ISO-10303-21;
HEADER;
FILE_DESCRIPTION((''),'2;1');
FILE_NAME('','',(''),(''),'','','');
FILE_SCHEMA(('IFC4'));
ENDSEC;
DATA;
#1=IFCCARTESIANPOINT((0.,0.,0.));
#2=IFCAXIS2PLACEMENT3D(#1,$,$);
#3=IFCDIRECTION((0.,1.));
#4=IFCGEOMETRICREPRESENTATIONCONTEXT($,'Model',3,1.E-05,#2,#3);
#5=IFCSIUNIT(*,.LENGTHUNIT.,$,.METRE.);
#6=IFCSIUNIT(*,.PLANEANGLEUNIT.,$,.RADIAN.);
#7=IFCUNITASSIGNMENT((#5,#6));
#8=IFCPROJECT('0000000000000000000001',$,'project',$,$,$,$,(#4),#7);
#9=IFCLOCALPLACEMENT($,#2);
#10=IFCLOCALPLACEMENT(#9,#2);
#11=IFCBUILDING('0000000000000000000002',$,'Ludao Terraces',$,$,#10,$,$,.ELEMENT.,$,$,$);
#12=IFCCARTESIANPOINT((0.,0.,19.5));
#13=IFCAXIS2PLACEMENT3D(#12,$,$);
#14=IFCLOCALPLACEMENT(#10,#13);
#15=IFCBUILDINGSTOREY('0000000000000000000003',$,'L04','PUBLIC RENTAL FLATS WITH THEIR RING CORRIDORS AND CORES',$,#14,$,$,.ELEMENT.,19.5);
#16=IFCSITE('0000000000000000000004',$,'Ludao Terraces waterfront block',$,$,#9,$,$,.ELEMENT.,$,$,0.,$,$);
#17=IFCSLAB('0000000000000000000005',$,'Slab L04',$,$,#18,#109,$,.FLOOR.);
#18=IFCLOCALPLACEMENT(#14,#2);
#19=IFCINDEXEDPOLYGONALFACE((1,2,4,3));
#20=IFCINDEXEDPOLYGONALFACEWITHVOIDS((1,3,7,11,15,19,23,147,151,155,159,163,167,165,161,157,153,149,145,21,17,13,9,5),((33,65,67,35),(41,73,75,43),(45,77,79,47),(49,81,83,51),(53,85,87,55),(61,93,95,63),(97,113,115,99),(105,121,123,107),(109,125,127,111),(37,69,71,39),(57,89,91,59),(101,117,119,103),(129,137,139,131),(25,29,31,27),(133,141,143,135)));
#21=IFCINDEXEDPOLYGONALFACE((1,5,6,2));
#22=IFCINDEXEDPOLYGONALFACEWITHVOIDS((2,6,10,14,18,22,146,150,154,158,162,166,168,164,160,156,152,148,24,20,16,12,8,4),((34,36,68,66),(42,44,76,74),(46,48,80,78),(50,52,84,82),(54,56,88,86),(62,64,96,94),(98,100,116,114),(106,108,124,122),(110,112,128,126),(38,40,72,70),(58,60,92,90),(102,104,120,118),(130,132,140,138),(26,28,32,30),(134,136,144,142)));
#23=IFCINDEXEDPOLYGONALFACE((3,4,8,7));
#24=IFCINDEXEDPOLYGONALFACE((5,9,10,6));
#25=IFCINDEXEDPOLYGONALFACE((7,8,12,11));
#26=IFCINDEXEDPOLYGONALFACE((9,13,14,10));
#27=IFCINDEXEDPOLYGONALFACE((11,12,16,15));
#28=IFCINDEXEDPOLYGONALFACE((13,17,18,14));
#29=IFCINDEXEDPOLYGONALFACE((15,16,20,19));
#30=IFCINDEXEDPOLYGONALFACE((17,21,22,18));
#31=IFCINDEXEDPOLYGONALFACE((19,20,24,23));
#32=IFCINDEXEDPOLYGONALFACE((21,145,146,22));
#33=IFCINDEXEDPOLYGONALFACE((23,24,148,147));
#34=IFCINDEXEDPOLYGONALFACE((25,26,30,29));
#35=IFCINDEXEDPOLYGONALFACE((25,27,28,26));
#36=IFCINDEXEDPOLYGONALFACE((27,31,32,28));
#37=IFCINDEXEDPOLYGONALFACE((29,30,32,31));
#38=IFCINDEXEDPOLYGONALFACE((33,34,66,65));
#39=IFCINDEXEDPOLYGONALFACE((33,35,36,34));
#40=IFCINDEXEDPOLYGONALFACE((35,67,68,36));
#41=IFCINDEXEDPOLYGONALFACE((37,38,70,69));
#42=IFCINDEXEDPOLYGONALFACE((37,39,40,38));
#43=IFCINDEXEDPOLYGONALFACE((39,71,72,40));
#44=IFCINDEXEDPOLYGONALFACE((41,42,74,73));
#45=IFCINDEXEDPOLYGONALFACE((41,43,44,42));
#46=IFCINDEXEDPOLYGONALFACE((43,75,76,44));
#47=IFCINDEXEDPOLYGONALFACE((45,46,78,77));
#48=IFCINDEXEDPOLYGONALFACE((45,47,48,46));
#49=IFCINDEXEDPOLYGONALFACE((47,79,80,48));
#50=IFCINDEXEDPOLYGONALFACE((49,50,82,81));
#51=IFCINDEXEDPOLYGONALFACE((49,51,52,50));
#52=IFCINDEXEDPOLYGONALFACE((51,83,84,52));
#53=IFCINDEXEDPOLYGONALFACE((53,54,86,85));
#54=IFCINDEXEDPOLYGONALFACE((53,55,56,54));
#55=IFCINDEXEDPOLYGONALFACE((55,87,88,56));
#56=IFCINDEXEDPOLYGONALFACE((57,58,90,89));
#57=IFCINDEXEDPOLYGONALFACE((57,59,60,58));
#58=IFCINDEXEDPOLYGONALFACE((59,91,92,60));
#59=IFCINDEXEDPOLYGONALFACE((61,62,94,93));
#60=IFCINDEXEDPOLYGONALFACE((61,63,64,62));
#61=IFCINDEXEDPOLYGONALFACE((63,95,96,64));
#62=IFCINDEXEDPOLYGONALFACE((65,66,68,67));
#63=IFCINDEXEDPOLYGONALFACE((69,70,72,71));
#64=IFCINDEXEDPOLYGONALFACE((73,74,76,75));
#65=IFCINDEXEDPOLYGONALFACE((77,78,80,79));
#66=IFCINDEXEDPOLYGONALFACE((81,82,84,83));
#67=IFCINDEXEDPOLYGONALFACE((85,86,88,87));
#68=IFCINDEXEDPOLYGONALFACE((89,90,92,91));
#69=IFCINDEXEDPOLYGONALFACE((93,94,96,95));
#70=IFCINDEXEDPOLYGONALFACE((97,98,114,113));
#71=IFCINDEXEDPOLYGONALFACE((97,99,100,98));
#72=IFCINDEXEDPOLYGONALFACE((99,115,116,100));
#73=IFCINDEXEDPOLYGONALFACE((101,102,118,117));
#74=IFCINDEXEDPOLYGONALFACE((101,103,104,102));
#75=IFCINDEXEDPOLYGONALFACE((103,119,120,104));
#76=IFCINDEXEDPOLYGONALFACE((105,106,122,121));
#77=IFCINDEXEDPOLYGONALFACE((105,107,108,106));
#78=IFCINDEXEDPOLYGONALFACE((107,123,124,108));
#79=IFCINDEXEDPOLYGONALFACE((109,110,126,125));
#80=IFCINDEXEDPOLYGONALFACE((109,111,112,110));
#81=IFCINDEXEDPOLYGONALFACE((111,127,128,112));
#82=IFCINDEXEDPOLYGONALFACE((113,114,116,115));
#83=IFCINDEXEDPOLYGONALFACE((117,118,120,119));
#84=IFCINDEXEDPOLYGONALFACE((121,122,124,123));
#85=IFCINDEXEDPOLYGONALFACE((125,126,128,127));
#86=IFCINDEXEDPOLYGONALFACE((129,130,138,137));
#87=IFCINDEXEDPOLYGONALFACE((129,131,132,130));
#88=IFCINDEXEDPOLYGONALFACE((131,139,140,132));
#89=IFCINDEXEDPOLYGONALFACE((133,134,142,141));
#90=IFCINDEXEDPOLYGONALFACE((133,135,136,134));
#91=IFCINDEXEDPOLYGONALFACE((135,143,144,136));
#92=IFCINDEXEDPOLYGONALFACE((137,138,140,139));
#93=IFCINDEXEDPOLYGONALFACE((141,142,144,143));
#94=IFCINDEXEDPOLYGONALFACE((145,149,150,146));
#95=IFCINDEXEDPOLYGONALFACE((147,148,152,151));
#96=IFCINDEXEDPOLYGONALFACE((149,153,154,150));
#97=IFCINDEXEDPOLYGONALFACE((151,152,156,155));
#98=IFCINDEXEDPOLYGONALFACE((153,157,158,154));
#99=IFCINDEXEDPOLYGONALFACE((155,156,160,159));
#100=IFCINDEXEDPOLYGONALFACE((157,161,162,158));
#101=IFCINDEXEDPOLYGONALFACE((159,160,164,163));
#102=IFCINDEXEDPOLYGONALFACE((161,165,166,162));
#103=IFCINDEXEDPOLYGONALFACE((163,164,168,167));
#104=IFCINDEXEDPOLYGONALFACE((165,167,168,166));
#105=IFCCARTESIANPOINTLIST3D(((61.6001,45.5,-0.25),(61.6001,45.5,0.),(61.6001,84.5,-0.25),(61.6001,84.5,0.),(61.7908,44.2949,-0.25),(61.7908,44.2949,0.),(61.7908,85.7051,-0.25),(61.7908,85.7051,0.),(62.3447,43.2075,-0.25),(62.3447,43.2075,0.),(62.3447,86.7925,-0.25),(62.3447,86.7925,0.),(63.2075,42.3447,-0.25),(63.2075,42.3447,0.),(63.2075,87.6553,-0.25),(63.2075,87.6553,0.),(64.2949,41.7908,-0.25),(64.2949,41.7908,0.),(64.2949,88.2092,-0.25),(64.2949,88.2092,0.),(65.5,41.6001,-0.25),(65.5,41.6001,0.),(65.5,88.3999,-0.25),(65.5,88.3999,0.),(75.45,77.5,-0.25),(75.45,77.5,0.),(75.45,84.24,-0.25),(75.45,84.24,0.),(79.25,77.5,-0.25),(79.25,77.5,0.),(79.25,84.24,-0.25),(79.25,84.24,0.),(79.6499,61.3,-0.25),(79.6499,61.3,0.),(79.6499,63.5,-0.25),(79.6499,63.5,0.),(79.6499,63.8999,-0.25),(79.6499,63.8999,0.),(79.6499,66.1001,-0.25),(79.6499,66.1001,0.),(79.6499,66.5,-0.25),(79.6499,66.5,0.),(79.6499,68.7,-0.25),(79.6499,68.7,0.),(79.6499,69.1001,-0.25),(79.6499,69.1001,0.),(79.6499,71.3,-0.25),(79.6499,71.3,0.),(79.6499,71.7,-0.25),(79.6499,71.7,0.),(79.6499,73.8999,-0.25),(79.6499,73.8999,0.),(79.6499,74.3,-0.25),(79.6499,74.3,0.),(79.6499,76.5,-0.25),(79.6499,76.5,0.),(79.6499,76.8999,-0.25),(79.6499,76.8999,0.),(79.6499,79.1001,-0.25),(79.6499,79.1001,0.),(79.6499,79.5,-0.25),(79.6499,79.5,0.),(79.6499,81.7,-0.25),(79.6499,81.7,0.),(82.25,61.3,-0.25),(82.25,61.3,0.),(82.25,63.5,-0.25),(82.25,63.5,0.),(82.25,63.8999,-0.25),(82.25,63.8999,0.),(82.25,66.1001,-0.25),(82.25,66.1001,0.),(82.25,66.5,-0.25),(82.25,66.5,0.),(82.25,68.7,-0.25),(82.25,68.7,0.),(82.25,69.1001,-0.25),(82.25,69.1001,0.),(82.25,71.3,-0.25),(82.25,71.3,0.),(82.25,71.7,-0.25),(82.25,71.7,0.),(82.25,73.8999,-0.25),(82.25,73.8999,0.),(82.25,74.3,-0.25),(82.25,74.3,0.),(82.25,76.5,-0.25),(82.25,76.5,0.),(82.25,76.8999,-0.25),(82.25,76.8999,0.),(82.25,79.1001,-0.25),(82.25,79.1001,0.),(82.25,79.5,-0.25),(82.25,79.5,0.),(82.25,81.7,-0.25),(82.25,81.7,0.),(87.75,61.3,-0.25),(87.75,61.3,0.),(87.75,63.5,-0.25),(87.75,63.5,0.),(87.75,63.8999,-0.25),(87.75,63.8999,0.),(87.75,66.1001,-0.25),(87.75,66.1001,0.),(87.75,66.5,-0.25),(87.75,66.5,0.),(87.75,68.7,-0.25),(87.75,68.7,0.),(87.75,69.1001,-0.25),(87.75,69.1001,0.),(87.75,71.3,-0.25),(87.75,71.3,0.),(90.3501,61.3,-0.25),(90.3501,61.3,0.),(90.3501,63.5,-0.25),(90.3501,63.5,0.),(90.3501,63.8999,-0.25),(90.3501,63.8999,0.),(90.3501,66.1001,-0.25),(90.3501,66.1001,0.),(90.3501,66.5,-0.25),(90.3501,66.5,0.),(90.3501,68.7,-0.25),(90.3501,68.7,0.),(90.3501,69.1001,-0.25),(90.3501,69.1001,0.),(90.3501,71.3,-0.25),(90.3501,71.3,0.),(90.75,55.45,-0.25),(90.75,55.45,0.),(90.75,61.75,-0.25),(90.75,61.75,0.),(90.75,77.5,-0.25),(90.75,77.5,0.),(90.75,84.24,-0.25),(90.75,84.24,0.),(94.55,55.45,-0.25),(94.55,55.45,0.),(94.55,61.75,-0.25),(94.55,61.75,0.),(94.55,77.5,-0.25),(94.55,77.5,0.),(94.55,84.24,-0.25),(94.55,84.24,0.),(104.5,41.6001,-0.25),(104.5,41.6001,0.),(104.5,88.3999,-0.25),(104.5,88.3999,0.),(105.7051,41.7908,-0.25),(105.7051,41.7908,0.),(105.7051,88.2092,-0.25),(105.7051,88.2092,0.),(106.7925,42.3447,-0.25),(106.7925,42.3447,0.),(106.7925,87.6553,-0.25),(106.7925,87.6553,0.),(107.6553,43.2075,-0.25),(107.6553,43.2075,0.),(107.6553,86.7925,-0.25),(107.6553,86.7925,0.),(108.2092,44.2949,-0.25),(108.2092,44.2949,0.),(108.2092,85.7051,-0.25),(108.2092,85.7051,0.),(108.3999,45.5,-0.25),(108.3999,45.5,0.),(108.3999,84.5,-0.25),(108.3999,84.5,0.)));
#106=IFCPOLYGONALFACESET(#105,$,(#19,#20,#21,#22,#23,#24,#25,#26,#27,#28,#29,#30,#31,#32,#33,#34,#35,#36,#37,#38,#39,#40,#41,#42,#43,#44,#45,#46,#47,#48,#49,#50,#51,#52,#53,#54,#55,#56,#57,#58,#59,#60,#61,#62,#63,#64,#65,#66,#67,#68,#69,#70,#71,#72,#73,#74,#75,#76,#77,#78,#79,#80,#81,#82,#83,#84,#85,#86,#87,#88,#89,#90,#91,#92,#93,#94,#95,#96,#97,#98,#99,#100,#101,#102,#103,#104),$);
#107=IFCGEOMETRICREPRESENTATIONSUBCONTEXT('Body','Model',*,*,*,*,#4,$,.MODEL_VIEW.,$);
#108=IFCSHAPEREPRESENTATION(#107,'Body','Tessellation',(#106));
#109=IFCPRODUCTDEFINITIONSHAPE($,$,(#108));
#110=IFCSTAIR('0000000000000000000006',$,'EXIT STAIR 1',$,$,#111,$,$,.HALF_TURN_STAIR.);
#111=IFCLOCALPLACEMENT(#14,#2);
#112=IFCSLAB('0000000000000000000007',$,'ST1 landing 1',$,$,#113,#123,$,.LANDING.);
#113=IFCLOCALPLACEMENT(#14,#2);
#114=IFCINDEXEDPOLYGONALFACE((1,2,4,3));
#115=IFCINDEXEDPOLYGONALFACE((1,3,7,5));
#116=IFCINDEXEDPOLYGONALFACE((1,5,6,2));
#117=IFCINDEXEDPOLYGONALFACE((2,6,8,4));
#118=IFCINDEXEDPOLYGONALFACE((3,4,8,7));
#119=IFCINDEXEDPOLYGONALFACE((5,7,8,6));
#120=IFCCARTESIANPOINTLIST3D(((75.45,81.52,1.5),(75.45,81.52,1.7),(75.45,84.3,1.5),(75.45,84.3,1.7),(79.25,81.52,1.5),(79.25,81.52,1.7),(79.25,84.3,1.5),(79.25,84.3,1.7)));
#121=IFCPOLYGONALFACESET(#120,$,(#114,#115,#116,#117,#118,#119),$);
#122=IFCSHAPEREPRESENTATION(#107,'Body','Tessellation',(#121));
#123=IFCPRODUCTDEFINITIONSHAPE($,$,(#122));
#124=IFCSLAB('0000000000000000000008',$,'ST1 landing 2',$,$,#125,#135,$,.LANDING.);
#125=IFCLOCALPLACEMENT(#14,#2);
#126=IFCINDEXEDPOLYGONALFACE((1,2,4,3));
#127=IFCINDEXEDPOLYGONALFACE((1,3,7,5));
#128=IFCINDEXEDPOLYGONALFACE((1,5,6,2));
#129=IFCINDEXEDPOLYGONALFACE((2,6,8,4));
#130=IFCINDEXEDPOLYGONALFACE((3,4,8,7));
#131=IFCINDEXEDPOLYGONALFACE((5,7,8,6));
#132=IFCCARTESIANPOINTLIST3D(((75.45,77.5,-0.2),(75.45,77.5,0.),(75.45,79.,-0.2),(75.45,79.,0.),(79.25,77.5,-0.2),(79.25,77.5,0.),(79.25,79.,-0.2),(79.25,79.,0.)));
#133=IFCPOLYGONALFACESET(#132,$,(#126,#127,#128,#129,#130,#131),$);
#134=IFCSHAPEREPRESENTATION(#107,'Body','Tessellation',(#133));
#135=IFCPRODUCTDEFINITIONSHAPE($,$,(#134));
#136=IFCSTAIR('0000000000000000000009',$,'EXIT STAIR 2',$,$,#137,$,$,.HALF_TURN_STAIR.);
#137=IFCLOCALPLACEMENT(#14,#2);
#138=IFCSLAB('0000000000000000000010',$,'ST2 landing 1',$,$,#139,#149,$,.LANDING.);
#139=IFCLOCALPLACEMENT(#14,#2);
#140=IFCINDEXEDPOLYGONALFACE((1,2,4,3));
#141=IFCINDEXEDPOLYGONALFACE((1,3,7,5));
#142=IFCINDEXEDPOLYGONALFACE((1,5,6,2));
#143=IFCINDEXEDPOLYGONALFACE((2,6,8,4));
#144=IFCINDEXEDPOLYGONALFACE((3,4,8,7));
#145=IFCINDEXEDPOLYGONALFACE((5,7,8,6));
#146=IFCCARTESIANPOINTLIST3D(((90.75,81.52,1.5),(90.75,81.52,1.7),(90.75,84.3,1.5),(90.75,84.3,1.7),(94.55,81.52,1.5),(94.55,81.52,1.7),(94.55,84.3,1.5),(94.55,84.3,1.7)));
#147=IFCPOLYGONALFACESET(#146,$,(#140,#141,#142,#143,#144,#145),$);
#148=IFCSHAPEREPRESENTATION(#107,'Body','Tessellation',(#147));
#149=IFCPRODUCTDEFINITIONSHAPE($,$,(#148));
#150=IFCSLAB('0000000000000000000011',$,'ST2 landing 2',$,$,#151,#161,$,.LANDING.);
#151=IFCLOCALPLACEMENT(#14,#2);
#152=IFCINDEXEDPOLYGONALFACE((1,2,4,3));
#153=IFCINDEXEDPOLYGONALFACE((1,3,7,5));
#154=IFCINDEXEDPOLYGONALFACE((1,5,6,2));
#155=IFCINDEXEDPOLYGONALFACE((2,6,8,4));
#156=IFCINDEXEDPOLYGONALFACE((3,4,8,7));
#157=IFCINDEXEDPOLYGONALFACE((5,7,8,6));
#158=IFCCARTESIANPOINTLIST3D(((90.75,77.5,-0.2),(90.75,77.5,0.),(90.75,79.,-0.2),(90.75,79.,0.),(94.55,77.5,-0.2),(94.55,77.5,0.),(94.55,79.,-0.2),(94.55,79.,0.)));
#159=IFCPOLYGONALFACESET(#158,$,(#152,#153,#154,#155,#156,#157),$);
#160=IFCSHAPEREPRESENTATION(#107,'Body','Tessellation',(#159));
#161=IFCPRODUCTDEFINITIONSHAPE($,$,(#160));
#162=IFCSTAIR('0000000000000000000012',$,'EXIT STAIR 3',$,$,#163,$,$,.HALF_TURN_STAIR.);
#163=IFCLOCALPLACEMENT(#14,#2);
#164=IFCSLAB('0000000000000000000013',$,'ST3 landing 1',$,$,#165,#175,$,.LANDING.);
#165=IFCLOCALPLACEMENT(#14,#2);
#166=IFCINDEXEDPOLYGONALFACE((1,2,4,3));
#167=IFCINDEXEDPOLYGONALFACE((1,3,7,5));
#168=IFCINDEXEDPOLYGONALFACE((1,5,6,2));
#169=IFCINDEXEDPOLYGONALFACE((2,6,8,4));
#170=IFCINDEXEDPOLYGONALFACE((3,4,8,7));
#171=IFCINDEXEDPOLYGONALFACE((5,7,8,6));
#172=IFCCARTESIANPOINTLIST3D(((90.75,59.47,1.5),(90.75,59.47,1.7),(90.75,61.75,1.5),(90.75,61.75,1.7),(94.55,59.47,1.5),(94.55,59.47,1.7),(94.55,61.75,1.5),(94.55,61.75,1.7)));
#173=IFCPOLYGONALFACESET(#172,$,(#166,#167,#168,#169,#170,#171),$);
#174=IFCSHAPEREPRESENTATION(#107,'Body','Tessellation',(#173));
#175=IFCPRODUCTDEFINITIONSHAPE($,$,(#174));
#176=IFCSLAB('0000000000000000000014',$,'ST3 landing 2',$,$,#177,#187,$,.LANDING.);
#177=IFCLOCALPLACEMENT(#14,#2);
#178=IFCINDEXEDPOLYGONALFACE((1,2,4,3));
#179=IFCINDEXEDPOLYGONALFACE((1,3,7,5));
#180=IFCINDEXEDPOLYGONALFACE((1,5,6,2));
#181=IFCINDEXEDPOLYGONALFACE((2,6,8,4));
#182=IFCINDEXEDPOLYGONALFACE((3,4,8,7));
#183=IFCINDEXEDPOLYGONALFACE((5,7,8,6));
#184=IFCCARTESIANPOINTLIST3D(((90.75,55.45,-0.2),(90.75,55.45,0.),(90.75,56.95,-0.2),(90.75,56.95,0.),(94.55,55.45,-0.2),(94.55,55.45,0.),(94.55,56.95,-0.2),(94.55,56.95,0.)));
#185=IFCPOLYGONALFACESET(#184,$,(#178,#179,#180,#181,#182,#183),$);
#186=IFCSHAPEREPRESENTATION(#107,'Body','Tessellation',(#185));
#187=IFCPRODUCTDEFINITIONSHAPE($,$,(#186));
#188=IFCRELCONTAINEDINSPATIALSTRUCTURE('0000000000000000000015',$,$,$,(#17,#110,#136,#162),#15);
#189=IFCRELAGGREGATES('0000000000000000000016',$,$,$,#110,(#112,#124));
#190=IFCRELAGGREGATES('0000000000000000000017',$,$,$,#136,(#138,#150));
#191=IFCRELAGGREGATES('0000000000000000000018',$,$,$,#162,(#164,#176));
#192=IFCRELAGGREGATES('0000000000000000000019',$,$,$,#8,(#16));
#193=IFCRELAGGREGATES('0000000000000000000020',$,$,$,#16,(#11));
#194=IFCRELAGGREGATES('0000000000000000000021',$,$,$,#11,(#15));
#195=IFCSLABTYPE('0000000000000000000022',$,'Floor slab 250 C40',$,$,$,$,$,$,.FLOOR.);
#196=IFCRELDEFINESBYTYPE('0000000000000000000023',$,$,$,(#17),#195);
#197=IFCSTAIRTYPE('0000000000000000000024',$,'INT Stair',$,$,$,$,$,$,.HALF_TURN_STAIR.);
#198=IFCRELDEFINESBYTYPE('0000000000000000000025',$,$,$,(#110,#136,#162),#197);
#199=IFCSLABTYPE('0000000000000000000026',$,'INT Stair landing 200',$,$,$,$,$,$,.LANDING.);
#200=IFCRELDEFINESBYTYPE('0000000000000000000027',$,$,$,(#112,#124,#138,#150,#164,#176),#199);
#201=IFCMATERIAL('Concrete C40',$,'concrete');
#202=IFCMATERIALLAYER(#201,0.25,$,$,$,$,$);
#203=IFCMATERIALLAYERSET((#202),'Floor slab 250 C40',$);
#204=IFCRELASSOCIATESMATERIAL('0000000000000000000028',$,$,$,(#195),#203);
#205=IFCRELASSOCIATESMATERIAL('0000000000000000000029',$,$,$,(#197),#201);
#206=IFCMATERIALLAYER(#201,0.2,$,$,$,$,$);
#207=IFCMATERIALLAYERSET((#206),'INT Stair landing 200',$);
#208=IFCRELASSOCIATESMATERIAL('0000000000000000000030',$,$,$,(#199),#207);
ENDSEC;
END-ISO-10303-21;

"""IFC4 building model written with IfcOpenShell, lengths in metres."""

from ifc_helpers import new_model, si_unit, direction, frame, origin, place, context, subcontext, project, spatial, polyline, outline, extrude, material, layer, layer_set, type_object, element, aggregate, save


model = new_model("IFC4")

# Units and contexts
model_context = context("Model", 3, precision=1e-05, world=origin(), true_north=direction((0.0, 1.0)))
body_context = subcontext(model_context, "Body", "Model", "MODEL_VIEW")
ifc_project = project(units=[si_unit("LENGTHUNIT", "METRE"), si_unit("PLANEANGLEUNIT", "RADIAN")], contexts=[model_context])

# Site, building, storey
site_placement = place(None, origin())
site = spatial("IfcSite", under=ifc_project, at=site_placement, Name="Ludao Terraces waterfront block", CompositionType="ELEMENT", RefElevation=0.0)
building_placement = place(site_placement, origin())
building = spatial("IfcBuilding", under=site, at=building_placement, Name="Ludao Terraces", CompositionType="ELEMENT")
storey_placement = place(building_placement, frame((0.0, 0.0, 19.5)))
storey = spatial("IfcBuildingStorey", under=building, at=storey_placement, Name="L04", Description="PUBLIC RENTAL FLATS WITH THEIR RING CORRIDORS AND CORES", CompositionType="ELEMENT", Elevation=19.5)

# Shared definitions
ifc_material_1 = material(Name="Concrete C40", Category="concrete")

# Slab
ifc_layer_1 = layer(ifc_material_1, 0.25)
ifc_layer_set_1 = layer_set([ifc_layer_1], Name="Floor slab 250 C40")
slab_type_1 = type_object("IfcSlabType", Name="Floor slab 250 C40", PredefinedType="FLOOR", material=ifc_layer_set_1)
slab_1_placement = place(storey_placement, frame((0.0, 0.0, -0.25)))
element("IfcSlab", 1, at=slab_1_placement, inside=storey, type_object=slab_type_1, Name="Slab L04", PredefinedType="FLOOR", context=body_context, shape_type="SweptSolid", body=[
    extrude(outline(polyline([(104.5, 41.6001), (105.7051, 41.7908), (106.7925, 42.3447), (107.6553, 43.2075), (108.2092, 44.2949), (108.3999, 45.5), (108.3999, 84.5), (108.2092, 85.7051), (107.6553, 86.7925), (106.7925, 87.6553), (105.7051, 88.2092), (104.5, 88.3999), (65.5, 88.3999), (64.2949, 88.2092), (63.2075, 87.6553), (62.3447, 86.7925), (61.7908, 85.7051), (61.6001, 84.5), (61.6001, 45.5), (61.7908, 44.2949), (62.3447, 43.2075), (63.2075, 42.3447), (64.2949, 41.7908), (65.5, 41.6001), (104.5, 41.6001)]), holes=[polyline([(79.6499, 61.3), (82.25, 61.3), (82.25, 63.5), (79.6499, 63.5), (79.6499, 61.3)]), polyline([(79.6499, 63.8999), (82.25, 63.8999), (82.25, 66.1001), (79.6499, 66.1001), (79.6499, 63.8999)]), polyline([(79.6499, 66.5), (82.25, 66.5), (82.25, 68.7), (79.6499, 68.7), (79.6499, 66.5)]), polyline([(79.6499, 69.1001), (82.25, 69.1001), (82.25, 71.3), (79.6499, 71.3), (79.6499, 69.1001)]), polyline([(79.6499, 71.7), (82.25, 71.7), (82.25, 73.8999), (79.6499, 73.8999), (79.6499, 71.7)]), polyline([(79.6499, 74.3), (82.25, 74.3), (82.25, 76.5), (79.6499, 76.5), (79.6499, 74.3)]), polyline([(79.6499, 76.8999), (82.25, 76.8999), (82.25, 79.1001), (79.6499, 79.1001), (79.6499, 76.8999)]), polyline([(79.6499, 79.5), (82.25, 79.5), (82.25, 81.7), (79.6499, 81.7), (79.6499, 79.5)]), polyline([(87.75, 61.3), (90.3501, 61.3), (90.3501, 63.5), (87.75, 63.5), (87.75, 61.3)]), polyline([(87.75, 63.8999), (90.3501, 63.8999), (90.3501, 66.1001), (87.75, 66.1001), (87.75, 63.8999)]), polyline([(87.75, 66.5), (90.3501, 66.5), (90.3501, 68.7), (87.75, 68.7), (87.75, 66.5)]), polyline([(87.75, 69.1001), (90.3501, 69.1001), (90.3501, 71.3), (87.75, 71.3), (87.75, 69.1001)]), polyline([(75.45, 77.5), (79.25, 77.5), (79.25, 84.24), (75.45, 84.24), (75.45, 77.5)]), polyline([(90.75, 77.5), (94.55, 77.5), (94.55, 84.24), (90.75, 84.24), (90.75, 77.5)]), polyline([(90.75, 55.45), (94.55, 55.45), (94.55, 61.75), (90.75, 61.75), (90.75, 55.45)])]), origin(), (0.0, 0.0, 1.0), 0.25),
])

# Stairs, slabs
stair_type = type_object("IfcStairType", Name="INT Stair", PredefinedType="HALF_TURN_STAIR", material=ifc_material_1)
stair_1_placement = place(storey_placement, origin())
stair_1 = element("IfcStair", 2, at=stair_1_placement, inside=storey, type_object=stair_type, Name="EXIT STAIR 1", PredefinedType="HALF_TURN_STAIR")
ifc_layer_2 = layer(ifc_material_1, 0.2)
ifc_layer_set_2 = layer_set([ifc_layer_2], Name="INT Stair landing 200")
slab_type_2 = type_object("IfcSlabType", Name="INT Stair landing 200", PredefinedType="LANDING", material=ifc_layer_set_2)
slab_2_placement = place(storey_placement, frame((0.0, 0.0, 1.5)))
slab_2 = element("IfcSlab", 3, at=slab_2_placement, type_object=slab_type_2, Name="ST1 landing 1", PredefinedType="LANDING", context=body_context, shape_type="SweptSolid", body=[
    extrude(outline(polyline([(75.45, 81.52), (79.25, 81.52), (79.25, 84.3), (75.45, 84.3), (75.45, 81.52)])), origin(), (0.0, 0.0, 1.0), 0.2),
])
slab_3_placement = place(storey_placement, frame((0.0, 0.0, -0.2)))
slab_3 = element("IfcSlab", 4, at=slab_3_placement, type_object=slab_type_2, Name="ST1 landing 2", PredefinedType="LANDING", context=body_context, shape_type="SweptSolid", body=[
    extrude(outline(polyline([(75.45, 77.5), (79.25, 77.5), (79.25, 79.0), (75.45, 79.0), (75.45, 77.5)])), origin(), (0.0, 0.0, 1.0), 0.2),
])
aggregate(stair_1, [slab_2, slab_3])
stair_2_placement = place(storey_placement, origin())
stair_2 = element("IfcStair", 5, at=stair_2_placement, inside=storey, type_object=stair_type, Name="EXIT STAIR 2", PredefinedType="HALF_TURN_STAIR")
slab_4_placement = place(storey_placement, frame((0.0, 0.0, 1.5)))
slab_4 = element("IfcSlab", 6, at=slab_4_placement, type_object=slab_type_2, Name="ST2 landing 1", PredefinedType="LANDING", context=body_context, shape_type="SweptSolid", body=[
    extrude(outline(polyline([(90.75, 81.52), (94.55, 81.52), (94.55, 84.3), (90.75, 84.3), (90.75, 81.52)])), origin(), (0.0, 0.0, 1.0), 0.2),
])
slab_5_placement = place(storey_placement, frame((0.0, 0.0, -0.2)))
slab_5 = element("IfcSlab", 7, at=slab_5_placement, type_object=slab_type_2, Name="ST2 landing 2", PredefinedType="LANDING", context=body_context, shape_type="SweptSolid", body=[
    extrude(outline(polyline([(90.75, 77.5), (94.55, 77.5), (94.55, 79.0), (90.75, 79.0), (90.75, 77.5)])), origin(), (0.0, 0.0, 1.0), 0.2),
])
aggregate(stair_2, [slab_4, slab_5])
stair_3_placement = place(storey_placement, origin())
stair_3 = element("IfcStair", 8, at=stair_3_placement, inside=storey, type_object=stair_type, Name="EXIT STAIR 3", PredefinedType="HALF_TURN_STAIR")
slab_6_placement = place(storey_placement, frame((0.0, 0.0, 1.5)))
slab_6 = element("IfcSlab", 9, at=slab_6_placement, type_object=slab_type_2, Name="ST3 landing 1", PredefinedType="LANDING", context=body_context, shape_type="SweptSolid", body=[
    extrude(outline(polyline([(90.75, 59.47), (94.55, 59.47), (94.55, 61.75), (90.75, 61.75), (90.75, 59.47)])), origin(), (0.0, 0.0, 1.0), 0.2),
])
slab_7_placement = place(storey_placement, frame((0.0, 0.0, -0.2)))
slab_7 = element("IfcSlab", 10, at=slab_7_placement, type_object=slab_type_2, Name="ST3 landing 2", PredefinedType="LANDING", context=body_context, shape_type="SweptSolid", body=[
    extrude(outline(polyline([(90.75, 55.45), (94.55, 55.45), (94.55, 56.95), (90.75, 56.95), (90.75, 55.45)])), origin(), (0.0, 0.0, 1.0), 0.2),
])
aggregate(stair_3, [slab_6, slab_7])

save(model, "model.ifc")
